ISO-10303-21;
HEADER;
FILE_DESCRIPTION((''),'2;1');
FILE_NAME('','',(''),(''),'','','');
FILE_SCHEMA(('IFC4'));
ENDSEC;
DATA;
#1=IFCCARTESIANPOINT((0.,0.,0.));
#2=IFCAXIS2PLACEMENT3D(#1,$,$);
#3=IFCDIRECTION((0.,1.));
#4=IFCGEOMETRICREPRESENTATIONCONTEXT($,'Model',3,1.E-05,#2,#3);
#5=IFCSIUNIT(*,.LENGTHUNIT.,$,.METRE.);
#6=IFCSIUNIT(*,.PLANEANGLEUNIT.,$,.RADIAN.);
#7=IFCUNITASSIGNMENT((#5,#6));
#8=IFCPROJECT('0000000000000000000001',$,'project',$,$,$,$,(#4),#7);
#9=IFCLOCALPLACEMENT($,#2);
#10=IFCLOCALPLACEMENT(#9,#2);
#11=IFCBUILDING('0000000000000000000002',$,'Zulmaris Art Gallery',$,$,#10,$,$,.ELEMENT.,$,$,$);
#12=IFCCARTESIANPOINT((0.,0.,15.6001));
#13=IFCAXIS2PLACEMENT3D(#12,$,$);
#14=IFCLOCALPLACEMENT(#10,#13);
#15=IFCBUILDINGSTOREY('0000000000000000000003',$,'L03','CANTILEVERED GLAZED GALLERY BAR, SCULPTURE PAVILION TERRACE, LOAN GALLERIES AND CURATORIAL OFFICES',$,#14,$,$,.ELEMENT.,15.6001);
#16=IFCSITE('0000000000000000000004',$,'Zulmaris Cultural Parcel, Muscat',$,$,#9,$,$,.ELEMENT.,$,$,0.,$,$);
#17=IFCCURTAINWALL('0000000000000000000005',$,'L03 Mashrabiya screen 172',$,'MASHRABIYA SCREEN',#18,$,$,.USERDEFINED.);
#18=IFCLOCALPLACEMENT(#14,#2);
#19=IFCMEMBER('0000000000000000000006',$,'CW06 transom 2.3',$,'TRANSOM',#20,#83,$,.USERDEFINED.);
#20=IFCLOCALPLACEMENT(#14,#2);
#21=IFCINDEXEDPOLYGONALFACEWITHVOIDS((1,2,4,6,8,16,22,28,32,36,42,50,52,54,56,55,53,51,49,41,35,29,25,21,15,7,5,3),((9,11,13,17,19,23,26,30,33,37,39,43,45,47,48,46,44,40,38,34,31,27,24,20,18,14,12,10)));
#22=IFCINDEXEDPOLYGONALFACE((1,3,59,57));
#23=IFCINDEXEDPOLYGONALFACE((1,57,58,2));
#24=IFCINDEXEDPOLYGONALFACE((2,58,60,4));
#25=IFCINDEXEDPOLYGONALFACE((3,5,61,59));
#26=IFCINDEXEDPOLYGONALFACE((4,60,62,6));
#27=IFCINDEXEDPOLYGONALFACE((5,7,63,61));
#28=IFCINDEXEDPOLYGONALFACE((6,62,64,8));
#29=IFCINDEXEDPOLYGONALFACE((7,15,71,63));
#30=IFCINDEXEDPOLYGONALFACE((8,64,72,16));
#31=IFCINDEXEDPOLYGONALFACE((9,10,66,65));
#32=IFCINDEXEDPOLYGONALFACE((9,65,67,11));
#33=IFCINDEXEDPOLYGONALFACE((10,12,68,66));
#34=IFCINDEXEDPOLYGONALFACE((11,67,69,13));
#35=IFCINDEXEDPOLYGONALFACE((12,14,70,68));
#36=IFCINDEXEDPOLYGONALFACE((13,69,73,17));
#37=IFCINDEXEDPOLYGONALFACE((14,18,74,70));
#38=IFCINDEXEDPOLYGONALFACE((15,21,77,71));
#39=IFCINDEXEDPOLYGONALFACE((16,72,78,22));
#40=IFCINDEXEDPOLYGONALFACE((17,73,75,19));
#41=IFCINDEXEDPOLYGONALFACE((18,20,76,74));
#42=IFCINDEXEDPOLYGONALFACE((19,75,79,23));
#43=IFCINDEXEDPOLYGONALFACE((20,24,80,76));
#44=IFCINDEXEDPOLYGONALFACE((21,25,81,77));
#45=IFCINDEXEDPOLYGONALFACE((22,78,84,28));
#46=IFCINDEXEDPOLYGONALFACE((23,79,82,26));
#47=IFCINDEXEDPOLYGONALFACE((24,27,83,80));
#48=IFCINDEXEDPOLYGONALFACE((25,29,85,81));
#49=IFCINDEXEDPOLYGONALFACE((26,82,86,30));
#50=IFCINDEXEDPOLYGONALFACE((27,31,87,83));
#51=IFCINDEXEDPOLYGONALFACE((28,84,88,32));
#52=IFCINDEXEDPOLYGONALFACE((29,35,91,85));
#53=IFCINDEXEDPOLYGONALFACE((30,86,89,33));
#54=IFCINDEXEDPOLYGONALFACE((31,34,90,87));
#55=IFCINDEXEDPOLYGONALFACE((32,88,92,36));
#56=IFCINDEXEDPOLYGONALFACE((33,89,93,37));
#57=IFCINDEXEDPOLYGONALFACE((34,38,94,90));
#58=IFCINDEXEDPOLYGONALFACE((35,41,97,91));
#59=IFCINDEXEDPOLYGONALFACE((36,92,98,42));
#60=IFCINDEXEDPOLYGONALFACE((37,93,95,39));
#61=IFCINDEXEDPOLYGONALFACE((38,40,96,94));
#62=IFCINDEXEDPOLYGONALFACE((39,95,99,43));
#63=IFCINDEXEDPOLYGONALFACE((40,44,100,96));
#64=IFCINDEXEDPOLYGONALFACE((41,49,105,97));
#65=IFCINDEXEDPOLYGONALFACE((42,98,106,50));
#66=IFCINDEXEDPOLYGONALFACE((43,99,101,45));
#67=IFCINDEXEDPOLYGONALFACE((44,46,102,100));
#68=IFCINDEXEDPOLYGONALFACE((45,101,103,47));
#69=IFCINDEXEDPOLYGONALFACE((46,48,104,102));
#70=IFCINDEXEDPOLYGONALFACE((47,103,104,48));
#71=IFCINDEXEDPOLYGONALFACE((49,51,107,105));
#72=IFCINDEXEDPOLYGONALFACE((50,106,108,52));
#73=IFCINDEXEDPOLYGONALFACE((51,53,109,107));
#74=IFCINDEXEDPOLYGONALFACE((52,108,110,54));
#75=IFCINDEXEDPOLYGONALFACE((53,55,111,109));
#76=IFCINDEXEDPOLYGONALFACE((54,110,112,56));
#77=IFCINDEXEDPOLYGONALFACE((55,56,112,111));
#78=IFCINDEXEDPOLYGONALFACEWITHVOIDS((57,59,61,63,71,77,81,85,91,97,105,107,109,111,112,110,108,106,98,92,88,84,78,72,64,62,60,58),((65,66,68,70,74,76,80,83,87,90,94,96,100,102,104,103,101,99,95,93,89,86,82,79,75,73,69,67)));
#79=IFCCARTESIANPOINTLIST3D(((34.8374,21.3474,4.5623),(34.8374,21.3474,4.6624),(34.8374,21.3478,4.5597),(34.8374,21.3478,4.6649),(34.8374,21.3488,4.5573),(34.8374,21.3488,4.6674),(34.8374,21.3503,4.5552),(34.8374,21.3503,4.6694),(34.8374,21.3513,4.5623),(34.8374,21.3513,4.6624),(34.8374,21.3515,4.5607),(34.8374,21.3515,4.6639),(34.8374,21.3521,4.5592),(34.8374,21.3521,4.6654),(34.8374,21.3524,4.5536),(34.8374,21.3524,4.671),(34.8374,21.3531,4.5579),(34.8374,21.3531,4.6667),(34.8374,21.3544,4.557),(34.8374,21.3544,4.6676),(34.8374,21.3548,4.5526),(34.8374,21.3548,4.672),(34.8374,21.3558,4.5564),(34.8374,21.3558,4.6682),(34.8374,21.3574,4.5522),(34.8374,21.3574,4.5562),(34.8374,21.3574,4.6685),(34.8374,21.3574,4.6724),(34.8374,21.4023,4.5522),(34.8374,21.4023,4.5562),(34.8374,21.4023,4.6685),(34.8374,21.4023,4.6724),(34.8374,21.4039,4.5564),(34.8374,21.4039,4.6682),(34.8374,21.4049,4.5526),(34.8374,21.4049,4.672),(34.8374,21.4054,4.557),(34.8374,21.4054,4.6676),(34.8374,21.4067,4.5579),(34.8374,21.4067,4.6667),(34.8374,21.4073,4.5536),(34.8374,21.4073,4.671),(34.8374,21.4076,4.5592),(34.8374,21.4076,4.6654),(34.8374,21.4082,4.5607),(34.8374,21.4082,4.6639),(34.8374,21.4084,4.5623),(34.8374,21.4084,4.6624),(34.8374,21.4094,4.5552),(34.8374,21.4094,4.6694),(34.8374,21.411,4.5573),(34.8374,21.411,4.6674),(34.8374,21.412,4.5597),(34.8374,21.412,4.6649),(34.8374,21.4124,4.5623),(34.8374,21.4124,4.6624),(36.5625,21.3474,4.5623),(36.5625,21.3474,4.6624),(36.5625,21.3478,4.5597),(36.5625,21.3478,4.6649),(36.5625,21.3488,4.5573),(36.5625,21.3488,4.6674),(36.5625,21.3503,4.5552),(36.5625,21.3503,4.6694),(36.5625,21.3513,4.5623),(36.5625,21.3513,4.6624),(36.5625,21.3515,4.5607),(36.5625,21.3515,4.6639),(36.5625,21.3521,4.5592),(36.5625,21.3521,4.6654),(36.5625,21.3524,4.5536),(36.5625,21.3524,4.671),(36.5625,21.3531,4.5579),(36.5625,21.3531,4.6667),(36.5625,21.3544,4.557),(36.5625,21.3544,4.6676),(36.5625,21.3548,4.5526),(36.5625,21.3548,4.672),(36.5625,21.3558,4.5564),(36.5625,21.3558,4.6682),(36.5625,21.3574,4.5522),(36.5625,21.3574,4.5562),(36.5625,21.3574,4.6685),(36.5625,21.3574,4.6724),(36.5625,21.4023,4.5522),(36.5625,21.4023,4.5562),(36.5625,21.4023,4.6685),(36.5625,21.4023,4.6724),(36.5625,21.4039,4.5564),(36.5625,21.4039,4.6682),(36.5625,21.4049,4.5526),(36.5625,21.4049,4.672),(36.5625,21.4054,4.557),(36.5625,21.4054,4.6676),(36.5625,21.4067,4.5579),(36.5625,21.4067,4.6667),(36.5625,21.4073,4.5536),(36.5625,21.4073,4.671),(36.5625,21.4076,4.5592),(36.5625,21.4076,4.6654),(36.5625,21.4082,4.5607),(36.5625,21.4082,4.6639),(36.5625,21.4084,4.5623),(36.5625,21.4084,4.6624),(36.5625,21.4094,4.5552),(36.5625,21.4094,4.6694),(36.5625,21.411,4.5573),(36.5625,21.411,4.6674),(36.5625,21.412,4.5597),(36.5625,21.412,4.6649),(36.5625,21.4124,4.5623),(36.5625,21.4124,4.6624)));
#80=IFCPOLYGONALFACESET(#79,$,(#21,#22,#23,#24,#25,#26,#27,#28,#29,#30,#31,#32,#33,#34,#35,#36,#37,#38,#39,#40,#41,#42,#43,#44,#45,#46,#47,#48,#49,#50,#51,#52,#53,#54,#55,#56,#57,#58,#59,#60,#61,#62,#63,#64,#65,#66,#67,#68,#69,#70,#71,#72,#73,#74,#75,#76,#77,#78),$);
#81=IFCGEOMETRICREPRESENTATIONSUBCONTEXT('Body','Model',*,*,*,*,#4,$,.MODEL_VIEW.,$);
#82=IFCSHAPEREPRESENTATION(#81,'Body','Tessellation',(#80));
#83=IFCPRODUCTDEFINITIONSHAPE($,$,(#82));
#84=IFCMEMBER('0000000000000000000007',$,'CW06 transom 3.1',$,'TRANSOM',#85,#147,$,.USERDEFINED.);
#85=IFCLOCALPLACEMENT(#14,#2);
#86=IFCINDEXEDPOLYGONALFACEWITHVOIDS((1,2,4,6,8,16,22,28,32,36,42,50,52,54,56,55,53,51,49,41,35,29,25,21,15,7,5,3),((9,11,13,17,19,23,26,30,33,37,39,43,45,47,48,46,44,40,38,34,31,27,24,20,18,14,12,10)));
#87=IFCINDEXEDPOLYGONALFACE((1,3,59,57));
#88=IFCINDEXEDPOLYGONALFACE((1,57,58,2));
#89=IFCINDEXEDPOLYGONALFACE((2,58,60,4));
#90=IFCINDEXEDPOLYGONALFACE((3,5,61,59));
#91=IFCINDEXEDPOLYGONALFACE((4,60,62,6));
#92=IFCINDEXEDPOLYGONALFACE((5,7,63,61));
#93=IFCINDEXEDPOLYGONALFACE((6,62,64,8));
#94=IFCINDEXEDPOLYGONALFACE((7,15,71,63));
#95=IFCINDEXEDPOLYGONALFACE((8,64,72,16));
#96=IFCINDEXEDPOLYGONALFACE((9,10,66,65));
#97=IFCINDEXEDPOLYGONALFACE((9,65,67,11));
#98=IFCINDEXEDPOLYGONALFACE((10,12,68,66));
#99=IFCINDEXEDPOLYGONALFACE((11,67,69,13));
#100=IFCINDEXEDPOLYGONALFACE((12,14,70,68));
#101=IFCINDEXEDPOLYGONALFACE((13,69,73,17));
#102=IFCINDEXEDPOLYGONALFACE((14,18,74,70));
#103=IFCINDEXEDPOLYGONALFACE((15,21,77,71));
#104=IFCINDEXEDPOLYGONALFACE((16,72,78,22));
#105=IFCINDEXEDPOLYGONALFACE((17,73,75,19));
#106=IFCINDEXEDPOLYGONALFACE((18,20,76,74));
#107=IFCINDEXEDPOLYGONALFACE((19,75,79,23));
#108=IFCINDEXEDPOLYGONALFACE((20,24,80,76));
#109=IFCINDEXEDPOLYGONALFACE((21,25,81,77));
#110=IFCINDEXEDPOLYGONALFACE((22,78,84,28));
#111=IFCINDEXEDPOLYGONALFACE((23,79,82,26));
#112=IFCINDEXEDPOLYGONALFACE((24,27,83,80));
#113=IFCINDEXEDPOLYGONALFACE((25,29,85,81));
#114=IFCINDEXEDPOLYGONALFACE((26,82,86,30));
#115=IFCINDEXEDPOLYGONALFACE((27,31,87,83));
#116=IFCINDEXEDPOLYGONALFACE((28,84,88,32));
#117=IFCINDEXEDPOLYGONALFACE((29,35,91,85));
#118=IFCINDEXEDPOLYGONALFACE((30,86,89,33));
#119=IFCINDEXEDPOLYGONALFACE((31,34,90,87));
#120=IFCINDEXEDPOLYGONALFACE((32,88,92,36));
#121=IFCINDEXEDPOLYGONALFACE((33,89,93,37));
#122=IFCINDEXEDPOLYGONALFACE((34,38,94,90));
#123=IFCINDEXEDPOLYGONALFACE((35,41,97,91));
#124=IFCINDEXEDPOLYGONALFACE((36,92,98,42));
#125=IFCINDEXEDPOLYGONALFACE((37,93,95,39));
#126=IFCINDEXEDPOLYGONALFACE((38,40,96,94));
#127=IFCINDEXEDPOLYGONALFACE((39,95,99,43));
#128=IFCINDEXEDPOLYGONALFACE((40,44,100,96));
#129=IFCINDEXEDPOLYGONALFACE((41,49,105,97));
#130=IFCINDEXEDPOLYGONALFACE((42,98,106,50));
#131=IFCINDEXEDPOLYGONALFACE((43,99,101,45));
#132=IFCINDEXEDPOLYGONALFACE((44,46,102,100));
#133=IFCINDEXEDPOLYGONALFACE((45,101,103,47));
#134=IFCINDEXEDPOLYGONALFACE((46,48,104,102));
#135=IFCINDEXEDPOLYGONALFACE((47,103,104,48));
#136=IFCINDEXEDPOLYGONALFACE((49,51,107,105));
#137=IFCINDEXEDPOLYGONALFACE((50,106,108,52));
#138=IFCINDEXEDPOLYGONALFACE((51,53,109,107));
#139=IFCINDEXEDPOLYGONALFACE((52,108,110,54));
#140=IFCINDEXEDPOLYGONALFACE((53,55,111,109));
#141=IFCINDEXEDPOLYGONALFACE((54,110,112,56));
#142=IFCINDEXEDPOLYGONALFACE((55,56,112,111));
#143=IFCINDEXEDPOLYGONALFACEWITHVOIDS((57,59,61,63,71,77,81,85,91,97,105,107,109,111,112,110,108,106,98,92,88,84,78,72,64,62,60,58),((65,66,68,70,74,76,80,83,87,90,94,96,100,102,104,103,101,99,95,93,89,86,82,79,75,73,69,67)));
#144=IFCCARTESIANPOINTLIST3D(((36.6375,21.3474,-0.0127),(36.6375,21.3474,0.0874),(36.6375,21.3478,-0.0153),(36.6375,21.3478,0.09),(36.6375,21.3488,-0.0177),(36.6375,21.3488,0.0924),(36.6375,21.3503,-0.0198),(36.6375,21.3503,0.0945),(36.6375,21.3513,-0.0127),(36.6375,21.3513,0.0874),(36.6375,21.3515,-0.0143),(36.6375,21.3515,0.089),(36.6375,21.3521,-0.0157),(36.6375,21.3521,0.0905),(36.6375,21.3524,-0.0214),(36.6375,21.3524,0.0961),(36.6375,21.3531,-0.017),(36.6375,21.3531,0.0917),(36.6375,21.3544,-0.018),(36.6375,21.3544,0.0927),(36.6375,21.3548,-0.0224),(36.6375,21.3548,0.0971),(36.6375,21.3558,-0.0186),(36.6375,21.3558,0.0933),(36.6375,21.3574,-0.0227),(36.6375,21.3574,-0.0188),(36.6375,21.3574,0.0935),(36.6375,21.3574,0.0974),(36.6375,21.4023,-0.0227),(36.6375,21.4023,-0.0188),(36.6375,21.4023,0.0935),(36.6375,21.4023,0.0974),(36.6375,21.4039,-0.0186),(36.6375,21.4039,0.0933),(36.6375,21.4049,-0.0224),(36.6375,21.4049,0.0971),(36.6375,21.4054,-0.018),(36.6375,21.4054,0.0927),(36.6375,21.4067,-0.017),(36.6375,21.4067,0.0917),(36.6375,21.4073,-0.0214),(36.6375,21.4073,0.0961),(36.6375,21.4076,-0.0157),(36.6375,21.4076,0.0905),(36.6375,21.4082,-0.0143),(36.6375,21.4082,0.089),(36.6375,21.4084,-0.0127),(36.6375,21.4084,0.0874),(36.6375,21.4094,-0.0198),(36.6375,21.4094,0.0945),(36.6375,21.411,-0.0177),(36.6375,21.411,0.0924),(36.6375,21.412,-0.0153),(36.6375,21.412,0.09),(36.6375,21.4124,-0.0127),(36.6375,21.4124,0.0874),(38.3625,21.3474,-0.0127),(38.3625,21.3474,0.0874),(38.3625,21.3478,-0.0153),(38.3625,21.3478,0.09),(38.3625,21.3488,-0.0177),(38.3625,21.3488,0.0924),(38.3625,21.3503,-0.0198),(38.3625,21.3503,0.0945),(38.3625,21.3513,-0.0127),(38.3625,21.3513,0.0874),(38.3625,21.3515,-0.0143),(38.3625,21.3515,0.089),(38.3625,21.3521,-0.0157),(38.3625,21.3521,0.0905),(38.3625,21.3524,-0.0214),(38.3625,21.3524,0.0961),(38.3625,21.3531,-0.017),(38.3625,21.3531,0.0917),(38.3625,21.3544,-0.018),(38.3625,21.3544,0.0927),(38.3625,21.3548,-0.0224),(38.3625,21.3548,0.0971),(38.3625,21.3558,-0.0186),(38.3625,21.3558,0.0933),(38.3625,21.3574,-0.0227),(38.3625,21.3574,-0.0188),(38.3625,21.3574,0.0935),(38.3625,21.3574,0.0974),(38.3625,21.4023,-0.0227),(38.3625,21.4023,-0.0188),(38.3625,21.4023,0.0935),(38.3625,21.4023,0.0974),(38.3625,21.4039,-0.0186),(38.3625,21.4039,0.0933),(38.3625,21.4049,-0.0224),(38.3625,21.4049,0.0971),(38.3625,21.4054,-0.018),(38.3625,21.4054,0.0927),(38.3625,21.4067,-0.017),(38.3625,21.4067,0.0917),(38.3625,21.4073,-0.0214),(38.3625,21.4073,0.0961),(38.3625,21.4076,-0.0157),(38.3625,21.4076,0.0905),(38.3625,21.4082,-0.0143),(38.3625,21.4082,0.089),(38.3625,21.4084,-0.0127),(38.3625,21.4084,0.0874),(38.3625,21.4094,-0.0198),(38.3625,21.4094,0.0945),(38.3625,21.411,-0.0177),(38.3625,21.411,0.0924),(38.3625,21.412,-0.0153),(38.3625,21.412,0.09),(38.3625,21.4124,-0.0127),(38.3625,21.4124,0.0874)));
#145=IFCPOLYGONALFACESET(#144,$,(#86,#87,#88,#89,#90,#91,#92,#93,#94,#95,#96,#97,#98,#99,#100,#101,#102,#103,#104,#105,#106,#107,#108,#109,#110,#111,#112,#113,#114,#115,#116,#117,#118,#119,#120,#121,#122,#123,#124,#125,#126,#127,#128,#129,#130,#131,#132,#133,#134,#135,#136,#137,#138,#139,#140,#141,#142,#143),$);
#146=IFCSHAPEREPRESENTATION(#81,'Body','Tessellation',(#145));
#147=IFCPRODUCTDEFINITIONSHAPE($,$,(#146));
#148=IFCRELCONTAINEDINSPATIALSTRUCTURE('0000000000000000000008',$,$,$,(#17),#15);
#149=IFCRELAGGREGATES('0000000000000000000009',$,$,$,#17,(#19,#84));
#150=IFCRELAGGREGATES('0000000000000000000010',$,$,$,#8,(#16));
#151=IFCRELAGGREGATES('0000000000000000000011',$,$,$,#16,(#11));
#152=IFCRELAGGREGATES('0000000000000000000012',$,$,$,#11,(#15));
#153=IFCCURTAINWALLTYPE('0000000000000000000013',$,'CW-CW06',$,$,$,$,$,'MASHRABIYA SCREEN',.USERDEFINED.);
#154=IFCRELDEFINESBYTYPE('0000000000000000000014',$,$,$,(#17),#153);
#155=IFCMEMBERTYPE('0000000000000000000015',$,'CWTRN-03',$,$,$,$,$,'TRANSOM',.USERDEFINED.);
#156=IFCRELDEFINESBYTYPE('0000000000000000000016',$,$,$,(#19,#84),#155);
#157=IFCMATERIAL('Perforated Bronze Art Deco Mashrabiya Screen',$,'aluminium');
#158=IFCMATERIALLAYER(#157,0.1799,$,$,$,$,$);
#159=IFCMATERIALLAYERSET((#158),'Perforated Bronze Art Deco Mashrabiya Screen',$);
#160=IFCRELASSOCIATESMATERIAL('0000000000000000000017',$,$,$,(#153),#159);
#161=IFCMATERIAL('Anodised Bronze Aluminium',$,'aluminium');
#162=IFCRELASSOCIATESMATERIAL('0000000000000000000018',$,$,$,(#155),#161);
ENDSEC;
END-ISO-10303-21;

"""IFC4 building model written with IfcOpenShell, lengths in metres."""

from ifc_helpers import new_model, si_unit, direction, frame, origin, origin_2d, place, context, subcontext, project, spatial, hollow_rectangle, extrude, material, layer, layer_set, material_profile, profile_set, type_object, element, aggregate, save


model = new_model("IFC4")

# Units and contexts
model_context = context("Model", 3, precision=1e-05, world=origin(), true_north=direction((0.0, 1.0)))
body_context = subcontext(model_context, "Body", "Model", "MODEL_VIEW")
ifc_project = project(units=[si_unit("LENGTHUNIT", "METRE"), si_unit("PLANEANGLEUNIT", "RADIAN")], contexts=[model_context])

# Site, building, storey
site_placement = place(None, origin())
site = spatial("IfcSite", under=ifc_project, at=site_placement, Name="Zulmaris Cultural Parcel, Muscat", CompositionType="ELEMENT", RefElevation=0.0)
building_placement = place(site_placement, origin())
building = spatial("IfcBuilding", under=site, at=building_placement, Name="Zulmaris Art Gallery", CompositionType="ELEMENT")
storey_placement = place(building_placement, frame((0.0, 0.0, 15.6001)))
storey = spatial("IfcBuildingStorey", under=building, at=storey_placement, Name="L03", Description="CANTILEVERED GLAZED GALLERY BAR, SCULPTURE PAVILION TERRACE, LOAN GALLERIES AND CURATORIAL OFFICES", CompositionType="ELEMENT", Elevation=15.6001)

# Curtain wall
ifc_material_1 = material(Name="Perforated Bronze Art Deco Mashrabiya Screen", Category="aluminium")
ifc_layer_1 = layer(ifc_material_1, 0.1799)
ifc_layer_set_1 = layer_set([ifc_layer_1], Name="Perforated Bronze Art Deco Mashrabiya Screen")
curtain_wall_type = type_object("IfcCurtainWallType", Name="CW-CW06", ElementType="MASHRABIYA SCREEN", PredefinedType="USERDEFINED", material=ifc_layer_set_1)
ifc_material_2 = material(Name="Anodised Bronze Aluminium", Category="aluminium")
curtain_wall_1_placement = place(storey_placement, origin())
curtain_wall_1 = element("IfcCurtainWall", 1, at=curtain_wall_1_placement, inside=storey, type_object=curtain_wall_type, Name="L03 Mashrabiya screen 172", ObjectType="MASHRABIYA SCREEN", PredefinedType="USERDEFINED")

# Members
ifc_material_profile_1 = material_profile(ifc_material_2, hollow_rectangle(XDim=0.0649, YDim=0.1201, WallThickness=0.0039, InnerFilletRadius=0.0061, OuterFilletRadius=0.01, at=origin_2d()), Name="ALU 65x120x4")
ifc_profile_set_1 = profile_set([ifc_material_profile_1], Name="Anodised Bronze Aluminium")
member_type_1 = type_object("IfcMemberType", Name="CWTRN-03", ElementType="TRANSOM", PredefinedType="USERDEFINED", material=ifc_profile_set_1)
member_1_placement = place(storey_placement, frame((34.8374, 21.3799, 4.6123), z_axis=(1.0, 0.0, 0.0), x_axis=(0.0, 1.0, 0.0)))
member_1 = element("IfcMember", 2, at=member_1_placement, type_object=member_type_1, Name="CW06 transom 2.3", ObjectType="TRANSOM", PredefinedType="USERDEFINED", context=body_context, shape_type="SweptSolid", body=[
    extrude(hollow_rectangle(XDim=0.0649, YDim=0.1201, WallThickness=0.0039, InnerFilletRadius=0.0061, OuterFilletRadius=0.01, at=origin_2d()), origin(), (0.0, 0.0, 1.0), 1.7251),
])
member_2_placement = place(storey_placement, frame((36.6375, 21.3799, 0.0374), z_axis=(1.0, 0.0, 0.0), x_axis=(0.0, 1.0, 0.0)))
member_2 = element("IfcMember", 3, at=member_2_placement, type_object=member_type_1, Name="CW06 transom 3.1", ObjectType="TRANSOM", PredefinedType="USERDEFINED", context=body_context, shape_type="SweptSolid", body=[
    extrude(hollow_rectangle(XDim=0.0649, YDim=0.1201, WallThickness=0.0039, InnerFilletRadius=0.0061, OuterFilletRadius=0.01, at=origin_2d()), origin(), (0.0, 0.0, 1.0), 1.7251),
])

aggregate(curtain_wall_1, [member_1, member_2])

save(model, "model.ifc")
